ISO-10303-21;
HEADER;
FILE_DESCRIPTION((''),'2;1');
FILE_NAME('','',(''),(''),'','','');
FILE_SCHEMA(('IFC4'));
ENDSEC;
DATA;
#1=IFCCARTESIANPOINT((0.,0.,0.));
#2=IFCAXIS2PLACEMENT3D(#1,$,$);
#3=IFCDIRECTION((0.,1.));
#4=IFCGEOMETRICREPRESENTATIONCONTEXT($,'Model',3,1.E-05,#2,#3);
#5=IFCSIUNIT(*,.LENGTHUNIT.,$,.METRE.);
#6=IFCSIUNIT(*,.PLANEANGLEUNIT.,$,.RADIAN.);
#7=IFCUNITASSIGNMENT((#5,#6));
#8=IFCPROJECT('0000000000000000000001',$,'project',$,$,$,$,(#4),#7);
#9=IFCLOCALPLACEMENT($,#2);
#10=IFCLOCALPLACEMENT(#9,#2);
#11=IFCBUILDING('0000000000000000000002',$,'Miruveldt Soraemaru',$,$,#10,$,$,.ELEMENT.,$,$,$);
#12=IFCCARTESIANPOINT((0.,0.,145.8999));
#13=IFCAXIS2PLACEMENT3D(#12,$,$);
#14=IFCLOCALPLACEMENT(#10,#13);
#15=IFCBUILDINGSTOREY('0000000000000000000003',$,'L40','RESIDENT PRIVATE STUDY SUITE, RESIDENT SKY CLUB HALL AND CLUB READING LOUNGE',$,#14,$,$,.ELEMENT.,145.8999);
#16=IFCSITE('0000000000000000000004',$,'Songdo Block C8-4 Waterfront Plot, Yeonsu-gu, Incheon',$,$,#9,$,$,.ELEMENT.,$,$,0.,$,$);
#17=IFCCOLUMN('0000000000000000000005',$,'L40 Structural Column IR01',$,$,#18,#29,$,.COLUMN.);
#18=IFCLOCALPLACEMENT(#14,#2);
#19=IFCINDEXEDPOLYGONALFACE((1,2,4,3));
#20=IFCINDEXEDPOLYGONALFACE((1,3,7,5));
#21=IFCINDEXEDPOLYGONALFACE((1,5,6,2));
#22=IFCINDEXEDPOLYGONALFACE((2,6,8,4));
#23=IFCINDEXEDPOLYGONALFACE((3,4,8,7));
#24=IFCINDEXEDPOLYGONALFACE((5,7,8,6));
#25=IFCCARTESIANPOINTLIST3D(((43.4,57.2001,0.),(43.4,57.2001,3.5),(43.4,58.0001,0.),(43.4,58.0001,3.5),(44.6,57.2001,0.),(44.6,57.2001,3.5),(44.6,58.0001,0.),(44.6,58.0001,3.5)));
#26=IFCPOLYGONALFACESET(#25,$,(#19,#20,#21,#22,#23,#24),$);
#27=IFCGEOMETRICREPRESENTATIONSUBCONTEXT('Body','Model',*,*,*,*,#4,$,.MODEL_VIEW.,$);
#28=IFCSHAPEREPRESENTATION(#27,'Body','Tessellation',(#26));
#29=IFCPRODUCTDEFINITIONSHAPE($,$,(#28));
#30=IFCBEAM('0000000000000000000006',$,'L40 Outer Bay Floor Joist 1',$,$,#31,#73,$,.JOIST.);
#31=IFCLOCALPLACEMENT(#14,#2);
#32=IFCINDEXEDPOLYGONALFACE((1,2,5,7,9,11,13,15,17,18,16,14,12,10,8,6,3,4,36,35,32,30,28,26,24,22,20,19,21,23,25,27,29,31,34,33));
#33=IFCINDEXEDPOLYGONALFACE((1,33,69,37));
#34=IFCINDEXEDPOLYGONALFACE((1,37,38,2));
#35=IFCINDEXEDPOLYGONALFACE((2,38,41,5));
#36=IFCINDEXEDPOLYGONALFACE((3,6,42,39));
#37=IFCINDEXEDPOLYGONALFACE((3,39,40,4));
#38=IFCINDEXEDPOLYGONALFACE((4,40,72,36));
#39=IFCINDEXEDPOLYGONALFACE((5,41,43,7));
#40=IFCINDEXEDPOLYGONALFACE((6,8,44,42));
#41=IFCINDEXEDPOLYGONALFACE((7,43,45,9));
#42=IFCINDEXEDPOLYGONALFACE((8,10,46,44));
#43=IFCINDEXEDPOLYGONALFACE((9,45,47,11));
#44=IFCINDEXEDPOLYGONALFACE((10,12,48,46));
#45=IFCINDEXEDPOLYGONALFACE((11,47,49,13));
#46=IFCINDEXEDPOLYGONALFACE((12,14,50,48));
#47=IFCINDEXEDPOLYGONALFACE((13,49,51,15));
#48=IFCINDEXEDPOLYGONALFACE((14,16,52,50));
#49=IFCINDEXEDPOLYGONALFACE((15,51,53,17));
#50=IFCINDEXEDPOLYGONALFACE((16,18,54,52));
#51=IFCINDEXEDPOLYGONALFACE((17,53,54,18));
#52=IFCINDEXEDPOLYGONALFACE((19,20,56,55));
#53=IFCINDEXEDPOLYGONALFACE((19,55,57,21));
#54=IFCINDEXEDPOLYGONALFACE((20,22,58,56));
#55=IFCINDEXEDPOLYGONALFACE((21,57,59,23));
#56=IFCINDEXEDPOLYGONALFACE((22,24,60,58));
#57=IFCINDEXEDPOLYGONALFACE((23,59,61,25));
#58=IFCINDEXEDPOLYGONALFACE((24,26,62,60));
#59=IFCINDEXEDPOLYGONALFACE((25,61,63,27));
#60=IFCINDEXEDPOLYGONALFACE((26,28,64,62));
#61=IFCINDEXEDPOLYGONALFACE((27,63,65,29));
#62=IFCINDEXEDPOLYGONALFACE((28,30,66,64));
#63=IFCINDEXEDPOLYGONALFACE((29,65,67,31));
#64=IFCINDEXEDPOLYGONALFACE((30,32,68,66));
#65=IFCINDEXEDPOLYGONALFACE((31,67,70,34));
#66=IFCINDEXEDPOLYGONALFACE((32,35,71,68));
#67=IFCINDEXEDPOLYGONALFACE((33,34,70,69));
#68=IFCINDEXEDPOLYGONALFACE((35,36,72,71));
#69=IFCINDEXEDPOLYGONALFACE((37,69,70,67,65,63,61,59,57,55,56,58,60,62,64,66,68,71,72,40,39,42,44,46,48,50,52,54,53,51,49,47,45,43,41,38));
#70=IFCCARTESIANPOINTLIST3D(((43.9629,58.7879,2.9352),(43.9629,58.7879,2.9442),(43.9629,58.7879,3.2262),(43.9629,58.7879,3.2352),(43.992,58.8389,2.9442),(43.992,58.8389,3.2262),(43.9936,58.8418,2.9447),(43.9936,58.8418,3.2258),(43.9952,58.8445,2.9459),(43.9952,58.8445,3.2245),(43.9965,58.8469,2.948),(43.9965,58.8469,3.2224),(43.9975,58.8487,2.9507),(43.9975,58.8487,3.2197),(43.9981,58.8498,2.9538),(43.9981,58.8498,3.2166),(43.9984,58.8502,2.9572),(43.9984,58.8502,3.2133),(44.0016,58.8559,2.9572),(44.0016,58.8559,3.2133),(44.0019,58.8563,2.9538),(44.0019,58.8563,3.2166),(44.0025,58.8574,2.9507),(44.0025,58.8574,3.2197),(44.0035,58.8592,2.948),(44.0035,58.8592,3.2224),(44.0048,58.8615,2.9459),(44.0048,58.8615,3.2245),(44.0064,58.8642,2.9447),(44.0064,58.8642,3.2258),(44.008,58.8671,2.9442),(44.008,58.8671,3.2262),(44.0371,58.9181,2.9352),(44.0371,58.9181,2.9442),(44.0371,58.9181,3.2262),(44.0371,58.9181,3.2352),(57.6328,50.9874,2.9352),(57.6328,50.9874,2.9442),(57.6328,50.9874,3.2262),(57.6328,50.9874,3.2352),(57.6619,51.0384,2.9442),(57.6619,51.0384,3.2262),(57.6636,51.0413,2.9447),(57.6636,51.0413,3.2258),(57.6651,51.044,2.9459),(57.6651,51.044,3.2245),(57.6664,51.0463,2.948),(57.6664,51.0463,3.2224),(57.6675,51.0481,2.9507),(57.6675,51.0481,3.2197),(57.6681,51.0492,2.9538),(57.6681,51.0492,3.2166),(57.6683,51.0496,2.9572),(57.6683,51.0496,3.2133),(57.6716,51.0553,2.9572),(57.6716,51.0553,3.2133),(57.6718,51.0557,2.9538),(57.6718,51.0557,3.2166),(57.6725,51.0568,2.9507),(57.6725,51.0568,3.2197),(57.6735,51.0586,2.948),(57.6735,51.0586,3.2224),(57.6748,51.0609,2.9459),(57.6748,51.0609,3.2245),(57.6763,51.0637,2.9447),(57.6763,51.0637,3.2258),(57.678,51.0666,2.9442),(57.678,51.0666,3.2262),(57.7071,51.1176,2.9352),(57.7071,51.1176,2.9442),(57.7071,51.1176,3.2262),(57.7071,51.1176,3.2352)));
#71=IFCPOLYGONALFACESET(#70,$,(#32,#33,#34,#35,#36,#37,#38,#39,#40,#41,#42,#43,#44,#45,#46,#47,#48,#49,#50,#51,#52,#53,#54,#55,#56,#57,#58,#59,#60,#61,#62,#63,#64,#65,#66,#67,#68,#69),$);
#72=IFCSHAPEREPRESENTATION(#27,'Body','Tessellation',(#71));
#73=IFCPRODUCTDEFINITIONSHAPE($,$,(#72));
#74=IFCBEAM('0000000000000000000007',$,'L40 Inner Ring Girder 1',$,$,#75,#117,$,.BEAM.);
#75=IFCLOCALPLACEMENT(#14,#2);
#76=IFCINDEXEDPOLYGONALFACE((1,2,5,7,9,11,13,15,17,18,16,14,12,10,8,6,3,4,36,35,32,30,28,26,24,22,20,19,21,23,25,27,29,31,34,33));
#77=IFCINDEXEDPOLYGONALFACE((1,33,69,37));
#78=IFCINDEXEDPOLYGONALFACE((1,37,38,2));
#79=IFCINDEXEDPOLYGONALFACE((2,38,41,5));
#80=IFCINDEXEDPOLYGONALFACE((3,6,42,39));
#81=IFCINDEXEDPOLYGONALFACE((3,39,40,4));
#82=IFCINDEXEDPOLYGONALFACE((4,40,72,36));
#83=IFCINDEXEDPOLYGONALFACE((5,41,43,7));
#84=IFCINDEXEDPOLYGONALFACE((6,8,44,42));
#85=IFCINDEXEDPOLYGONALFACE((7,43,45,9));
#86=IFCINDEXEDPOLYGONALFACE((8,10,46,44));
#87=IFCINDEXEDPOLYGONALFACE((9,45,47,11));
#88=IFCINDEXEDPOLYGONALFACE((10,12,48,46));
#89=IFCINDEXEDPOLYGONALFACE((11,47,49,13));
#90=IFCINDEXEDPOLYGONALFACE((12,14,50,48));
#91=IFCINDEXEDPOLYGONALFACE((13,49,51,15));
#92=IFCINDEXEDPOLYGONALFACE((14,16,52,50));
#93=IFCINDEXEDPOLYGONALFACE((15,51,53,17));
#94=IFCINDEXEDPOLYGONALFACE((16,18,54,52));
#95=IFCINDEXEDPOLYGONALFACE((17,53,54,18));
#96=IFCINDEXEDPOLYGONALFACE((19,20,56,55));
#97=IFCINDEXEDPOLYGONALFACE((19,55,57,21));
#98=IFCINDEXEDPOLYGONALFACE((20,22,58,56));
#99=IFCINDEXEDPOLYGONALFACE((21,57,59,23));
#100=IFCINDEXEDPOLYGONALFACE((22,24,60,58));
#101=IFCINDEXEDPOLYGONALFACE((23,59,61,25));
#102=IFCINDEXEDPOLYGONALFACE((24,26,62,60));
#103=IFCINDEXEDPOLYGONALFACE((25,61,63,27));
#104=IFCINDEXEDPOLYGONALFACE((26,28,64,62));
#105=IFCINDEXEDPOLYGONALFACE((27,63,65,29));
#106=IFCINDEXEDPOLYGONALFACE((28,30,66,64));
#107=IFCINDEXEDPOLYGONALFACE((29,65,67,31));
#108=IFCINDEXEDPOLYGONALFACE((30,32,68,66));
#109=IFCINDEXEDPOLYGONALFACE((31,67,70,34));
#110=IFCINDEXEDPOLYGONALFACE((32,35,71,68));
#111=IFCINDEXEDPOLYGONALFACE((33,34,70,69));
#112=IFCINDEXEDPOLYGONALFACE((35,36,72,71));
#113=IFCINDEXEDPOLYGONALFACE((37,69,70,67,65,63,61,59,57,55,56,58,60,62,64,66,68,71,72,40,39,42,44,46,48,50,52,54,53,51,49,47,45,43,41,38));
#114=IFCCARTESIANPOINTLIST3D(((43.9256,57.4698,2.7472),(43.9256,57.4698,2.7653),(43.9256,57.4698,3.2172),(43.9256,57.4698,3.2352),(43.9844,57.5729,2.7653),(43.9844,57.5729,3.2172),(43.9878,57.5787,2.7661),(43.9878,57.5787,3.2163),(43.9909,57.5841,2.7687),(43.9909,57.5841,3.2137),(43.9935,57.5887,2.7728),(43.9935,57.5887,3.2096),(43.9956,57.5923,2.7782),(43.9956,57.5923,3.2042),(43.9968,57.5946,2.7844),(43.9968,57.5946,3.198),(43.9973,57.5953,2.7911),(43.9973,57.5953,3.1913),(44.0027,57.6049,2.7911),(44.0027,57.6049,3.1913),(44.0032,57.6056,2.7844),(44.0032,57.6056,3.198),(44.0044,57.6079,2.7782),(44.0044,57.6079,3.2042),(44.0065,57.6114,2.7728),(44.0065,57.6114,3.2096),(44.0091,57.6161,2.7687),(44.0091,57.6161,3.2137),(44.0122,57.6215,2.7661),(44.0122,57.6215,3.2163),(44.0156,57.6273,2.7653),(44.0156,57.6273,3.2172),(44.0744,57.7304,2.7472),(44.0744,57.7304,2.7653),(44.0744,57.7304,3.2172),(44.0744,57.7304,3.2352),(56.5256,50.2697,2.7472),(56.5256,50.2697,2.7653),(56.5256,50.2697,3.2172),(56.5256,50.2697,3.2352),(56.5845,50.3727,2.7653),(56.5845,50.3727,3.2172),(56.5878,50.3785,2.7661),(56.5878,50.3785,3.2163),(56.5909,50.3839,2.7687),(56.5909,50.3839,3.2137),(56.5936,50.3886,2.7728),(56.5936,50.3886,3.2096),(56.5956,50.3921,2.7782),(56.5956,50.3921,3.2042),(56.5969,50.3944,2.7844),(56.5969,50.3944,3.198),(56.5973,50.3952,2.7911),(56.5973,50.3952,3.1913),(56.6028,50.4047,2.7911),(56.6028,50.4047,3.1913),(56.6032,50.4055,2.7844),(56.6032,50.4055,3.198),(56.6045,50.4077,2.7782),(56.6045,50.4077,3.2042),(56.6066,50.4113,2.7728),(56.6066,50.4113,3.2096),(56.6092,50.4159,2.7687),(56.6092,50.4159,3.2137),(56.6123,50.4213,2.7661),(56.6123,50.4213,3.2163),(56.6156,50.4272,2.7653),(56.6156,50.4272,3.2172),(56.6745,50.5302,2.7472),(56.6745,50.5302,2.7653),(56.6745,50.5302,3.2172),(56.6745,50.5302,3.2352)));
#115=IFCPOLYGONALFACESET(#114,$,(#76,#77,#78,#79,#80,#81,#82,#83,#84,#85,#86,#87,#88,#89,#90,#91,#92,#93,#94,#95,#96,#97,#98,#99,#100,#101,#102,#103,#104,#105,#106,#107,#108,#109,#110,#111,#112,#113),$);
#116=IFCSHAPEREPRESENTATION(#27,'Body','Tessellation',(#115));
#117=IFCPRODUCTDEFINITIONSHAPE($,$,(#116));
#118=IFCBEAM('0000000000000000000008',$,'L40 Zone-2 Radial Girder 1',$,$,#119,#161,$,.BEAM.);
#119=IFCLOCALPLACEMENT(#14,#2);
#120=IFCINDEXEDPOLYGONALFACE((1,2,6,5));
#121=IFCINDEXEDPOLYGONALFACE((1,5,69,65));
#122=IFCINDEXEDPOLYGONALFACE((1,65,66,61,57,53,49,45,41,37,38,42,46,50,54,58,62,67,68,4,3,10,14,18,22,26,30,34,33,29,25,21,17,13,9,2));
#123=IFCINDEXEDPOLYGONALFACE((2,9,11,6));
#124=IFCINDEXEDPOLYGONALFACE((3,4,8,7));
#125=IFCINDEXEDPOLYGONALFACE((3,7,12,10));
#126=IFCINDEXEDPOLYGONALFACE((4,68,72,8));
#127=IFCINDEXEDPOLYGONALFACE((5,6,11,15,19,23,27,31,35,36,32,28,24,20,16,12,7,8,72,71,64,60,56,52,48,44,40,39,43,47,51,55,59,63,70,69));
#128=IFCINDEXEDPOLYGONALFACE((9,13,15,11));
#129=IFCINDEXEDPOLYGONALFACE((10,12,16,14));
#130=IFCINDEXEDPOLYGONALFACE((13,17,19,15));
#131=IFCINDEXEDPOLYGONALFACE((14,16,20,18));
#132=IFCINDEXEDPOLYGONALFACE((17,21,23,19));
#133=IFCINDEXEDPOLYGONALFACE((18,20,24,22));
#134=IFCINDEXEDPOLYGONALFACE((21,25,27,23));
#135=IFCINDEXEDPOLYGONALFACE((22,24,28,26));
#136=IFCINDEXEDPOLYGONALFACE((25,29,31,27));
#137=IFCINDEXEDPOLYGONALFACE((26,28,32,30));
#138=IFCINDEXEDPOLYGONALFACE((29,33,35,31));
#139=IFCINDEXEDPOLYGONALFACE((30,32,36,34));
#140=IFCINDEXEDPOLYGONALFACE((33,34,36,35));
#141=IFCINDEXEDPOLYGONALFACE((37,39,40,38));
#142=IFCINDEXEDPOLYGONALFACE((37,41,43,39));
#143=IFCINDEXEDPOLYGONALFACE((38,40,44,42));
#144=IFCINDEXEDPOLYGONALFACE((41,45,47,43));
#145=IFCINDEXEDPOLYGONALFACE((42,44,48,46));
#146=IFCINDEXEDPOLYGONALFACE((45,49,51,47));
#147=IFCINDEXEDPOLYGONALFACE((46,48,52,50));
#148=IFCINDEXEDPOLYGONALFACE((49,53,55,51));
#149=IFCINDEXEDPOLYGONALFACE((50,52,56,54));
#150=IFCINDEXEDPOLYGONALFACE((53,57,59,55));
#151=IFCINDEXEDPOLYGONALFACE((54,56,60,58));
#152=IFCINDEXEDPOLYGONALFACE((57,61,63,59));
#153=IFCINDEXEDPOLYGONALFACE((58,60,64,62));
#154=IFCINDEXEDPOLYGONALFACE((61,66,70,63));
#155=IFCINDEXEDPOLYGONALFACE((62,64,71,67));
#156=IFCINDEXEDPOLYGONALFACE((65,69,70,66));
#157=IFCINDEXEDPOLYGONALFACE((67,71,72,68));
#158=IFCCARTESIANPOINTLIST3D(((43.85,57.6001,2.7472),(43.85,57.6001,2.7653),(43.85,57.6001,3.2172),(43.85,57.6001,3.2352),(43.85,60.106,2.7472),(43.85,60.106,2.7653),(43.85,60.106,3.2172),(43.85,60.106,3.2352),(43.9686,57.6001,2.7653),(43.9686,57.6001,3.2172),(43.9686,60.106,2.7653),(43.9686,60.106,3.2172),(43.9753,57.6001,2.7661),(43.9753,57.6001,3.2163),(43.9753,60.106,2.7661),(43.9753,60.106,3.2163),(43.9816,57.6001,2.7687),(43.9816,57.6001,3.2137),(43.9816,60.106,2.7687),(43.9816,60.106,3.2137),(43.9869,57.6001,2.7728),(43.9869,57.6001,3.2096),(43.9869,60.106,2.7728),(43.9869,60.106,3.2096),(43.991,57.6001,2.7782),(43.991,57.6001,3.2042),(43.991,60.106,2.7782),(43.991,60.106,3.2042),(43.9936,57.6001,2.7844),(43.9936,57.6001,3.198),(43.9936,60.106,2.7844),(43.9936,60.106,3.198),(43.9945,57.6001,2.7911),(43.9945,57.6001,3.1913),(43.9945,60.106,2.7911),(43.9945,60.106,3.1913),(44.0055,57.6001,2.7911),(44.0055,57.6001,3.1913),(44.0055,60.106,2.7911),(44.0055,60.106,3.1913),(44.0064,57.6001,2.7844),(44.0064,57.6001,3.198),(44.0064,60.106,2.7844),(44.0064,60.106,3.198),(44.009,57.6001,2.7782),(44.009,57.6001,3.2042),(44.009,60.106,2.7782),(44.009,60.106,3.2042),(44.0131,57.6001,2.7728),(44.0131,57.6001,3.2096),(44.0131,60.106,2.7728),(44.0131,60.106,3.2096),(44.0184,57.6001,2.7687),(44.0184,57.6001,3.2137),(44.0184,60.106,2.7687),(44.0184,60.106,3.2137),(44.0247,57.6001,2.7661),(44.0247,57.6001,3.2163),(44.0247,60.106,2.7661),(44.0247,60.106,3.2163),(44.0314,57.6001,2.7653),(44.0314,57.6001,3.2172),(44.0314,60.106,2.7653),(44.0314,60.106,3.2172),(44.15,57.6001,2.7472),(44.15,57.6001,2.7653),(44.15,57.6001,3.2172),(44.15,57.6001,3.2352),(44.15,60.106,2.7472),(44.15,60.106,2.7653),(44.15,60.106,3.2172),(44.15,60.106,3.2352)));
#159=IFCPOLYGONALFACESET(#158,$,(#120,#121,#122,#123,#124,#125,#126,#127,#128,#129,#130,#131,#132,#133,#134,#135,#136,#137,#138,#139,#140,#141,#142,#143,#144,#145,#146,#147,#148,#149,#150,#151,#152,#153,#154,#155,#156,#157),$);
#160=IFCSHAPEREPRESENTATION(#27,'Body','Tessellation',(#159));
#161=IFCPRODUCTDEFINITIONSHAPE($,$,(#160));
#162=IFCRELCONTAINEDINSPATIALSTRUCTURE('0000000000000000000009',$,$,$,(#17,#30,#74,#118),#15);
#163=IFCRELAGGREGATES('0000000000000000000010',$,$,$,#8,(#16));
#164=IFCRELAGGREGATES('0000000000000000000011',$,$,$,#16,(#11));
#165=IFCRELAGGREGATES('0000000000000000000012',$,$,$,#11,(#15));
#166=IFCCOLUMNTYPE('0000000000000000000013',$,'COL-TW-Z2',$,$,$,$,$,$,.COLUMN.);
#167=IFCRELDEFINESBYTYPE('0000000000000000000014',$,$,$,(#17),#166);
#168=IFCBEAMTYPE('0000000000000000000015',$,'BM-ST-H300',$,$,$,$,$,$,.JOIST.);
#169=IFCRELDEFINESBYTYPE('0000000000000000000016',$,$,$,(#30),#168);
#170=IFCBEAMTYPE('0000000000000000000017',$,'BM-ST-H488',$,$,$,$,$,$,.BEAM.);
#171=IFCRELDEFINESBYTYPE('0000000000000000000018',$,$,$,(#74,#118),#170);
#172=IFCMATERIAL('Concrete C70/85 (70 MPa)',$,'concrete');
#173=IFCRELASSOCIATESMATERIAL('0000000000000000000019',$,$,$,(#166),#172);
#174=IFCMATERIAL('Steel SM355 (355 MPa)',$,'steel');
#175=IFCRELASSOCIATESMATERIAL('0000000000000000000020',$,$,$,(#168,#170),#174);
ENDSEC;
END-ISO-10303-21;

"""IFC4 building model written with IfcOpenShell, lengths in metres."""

from ifc_helpers import new_model, si_unit, direction, frame, origin, origin_2d, place, context, subcontext, project, spatial, rectangle, i_section, extrude, material, material_profile, profile_set, type_object, element, save


model = new_model("IFC4")

# Units and contexts
model_context = context("Model", 3, precision=1e-05, world=origin(), true_north=direction((0.0, 1.0)))
body_context = subcontext(model_context, "Body", "Model", "MODEL_VIEW")
ifc_project = project(units=[si_unit("LENGTHUNIT", "METRE"), si_unit("PLANEANGLEUNIT", "RADIAN")], contexts=[model_context])

# Site, building, storey
site_placement = place(None, origin())
site = spatial("IfcSite", under=ifc_project, at=site_placement, Name="Songdo Block C8-4 Waterfront Plot, Yeonsu-gu, Incheon", CompositionType="ELEMENT", RefElevation=0.0)
building_placement = place(site_placement, origin())
building = spatial("IfcBuilding", under=site, at=building_placement, Name="Miruveldt Soraemaru", CompositionType="ELEMENT")
storey_placement = place(building_placement, frame((0.0, 0.0, 145.8999)))
storey = spatial("IfcBuildingStorey", under=building, at=storey_placement, Name="L40", Description="RESIDENT PRIVATE STUDY SUITE, RESIDENT SKY CLUB HALL AND CLUB READING LOUNGE", CompositionType="ELEMENT", Elevation=145.8999)

# Column
ifc_material_1 = material(Name="Concrete C70/85 (70 MPa)", Category="concrete")
ifc_material_profile_1 = material_profile(ifc_material_1, rectangle(XDim=1.2, YDim=0.8, at=origin_2d()), Name="Concrete C70/85 (70 MPa)", Category="concrete")
ifc_profile_set_1 = profile_set([ifc_material_profile_1], Name="Concrete C70/85 (70 MPa)")
column_type = type_object("IfcColumnType", Name="COL-TW-Z2", PredefinedType="COLUMN", material=ifc_profile_set_1)
column_placement = place(storey_placement, frame((44.0, 57.6001, 0.0), z_axis=(0.0, 0.0, 1.0), x_axis=(1.0, 0.0, 0.0)))
element("IfcColumn", 1, at=column_placement, inside=storey, type_object=column_type, Name="L40 Structural Column IR01", PredefinedType="COLUMN", context=body_context, shape_type="SweptSolid", body=[
    extrude(rectangle(XDim=1.2, YDim=0.8, at=origin_2d()), origin(), (0.0, 0.0, 1.0), 3.5),
])

# Beams
ifc_material_2 = material(Name="Steel SM355 (355 MPa)", Category="steel")
ifc_material_profile_2 = material_profile(ifc_material_2, i_section(OverallWidth=0.1499, OverallDepth=0.3, WebThickness=0.0066, FlangeThickness=0.009, FilletRadius=0.0129, at=origin_2d()), Name="Steel SM355 (355 MPa)", Category="steel")
ifc_profile_set_2 = profile_set([ifc_material_profile_2], Name="Steel SM355 (355 MPa)")
beam_type_1 = type_object("IfcBeamType", Name="BM-ST-H300", PredefinedType="JOIST", material=ifc_profile_set_2)
beam_1_placement = place(storey_placement, frame((44.0, 58.853, 3.0852), z_axis=(0.86854, -0.495619, 0.0), x_axis=(0.495619, 0.86854, 0.0)))
element("IfcBeam", 2, at=beam_1_placement, inside=storey, type_object=beam_type_1, Name="L40 Outer Bay Floor Joist 1", PredefinedType="JOIST", context=body_context, shape_type="SweptSolid", body=[
    extrude(i_section(OverallWidth=0.1499, OverallDepth=0.3, WebThickness=0.0066, FlangeThickness=0.009, FilletRadius=0.0129, at=origin_2d()), origin(), (0.0, 0.0, 1.0), 15.739),
])
ifc_material_profile_3 = material_profile(ifc_material_2, i_section(OverallWidth=0.3, OverallDepth=0.488, WebThickness=0.011, FlangeThickness=0.0181, FilletRadius=0.0259, at=origin_2d()), Name="Steel SM355 (355 MPa)", Category="steel")
ifc_profile_set_3 = profile_set([ifc_material_profile_3], Name="Steel SM355 (355 MPa)")
beam_type_2 = type_object("IfcBeamType", Name="BM-ST-H488", PredefinedType="BEAM", material=ifc_profile_set_3)
beam_2_placement = place(storey_placement, frame((44.0, 57.6001, 2.9912), z_axis=(0.868239, -0.496146, 0.0), x_axis=(0.496146, 0.868239, 0.0)))
element("IfcBeam", 3, at=beam_2_placement, inside=storey, type_object=beam_type_2, Name="L40 Inner Ring Girder 1", PredefinedType="BEAM", context=body_context, shape_type="SweptSolid", body=[
    extrude(i_section(OverallWidth=0.3, OverallDepth=0.488, WebThickness=0.011, FlangeThickness=0.0181, FilletRadius=0.0259, at=origin_2d()), origin(), (0.0, 0.0, 1.0), 14.5122),
])
beam_3_placement = place(storey_placement, frame((44.0, 57.6001, 2.9912), z_axis=(0.0, 1.0, 0.0), x_axis=(-1.0, 0.0, 0.0)))
element("IfcBeam", 4, at=beam_3_placement, inside=storey, type_object=beam_type_2, Name="L40 Zone-2 Radial Girder 1", PredefinedType="BEAM", context=body_context, shape_type="SweptSolid", body=[
    extrude(i_section(OverallWidth=0.3, OverallDepth=0.488, WebThickness=0.011, FlangeThickness=0.0181, FilletRadius=0.0259, at=origin_2d()), origin(), (0.0, 0.0, 1.0), 2.5059),
])

save(model, "model.ifc")
